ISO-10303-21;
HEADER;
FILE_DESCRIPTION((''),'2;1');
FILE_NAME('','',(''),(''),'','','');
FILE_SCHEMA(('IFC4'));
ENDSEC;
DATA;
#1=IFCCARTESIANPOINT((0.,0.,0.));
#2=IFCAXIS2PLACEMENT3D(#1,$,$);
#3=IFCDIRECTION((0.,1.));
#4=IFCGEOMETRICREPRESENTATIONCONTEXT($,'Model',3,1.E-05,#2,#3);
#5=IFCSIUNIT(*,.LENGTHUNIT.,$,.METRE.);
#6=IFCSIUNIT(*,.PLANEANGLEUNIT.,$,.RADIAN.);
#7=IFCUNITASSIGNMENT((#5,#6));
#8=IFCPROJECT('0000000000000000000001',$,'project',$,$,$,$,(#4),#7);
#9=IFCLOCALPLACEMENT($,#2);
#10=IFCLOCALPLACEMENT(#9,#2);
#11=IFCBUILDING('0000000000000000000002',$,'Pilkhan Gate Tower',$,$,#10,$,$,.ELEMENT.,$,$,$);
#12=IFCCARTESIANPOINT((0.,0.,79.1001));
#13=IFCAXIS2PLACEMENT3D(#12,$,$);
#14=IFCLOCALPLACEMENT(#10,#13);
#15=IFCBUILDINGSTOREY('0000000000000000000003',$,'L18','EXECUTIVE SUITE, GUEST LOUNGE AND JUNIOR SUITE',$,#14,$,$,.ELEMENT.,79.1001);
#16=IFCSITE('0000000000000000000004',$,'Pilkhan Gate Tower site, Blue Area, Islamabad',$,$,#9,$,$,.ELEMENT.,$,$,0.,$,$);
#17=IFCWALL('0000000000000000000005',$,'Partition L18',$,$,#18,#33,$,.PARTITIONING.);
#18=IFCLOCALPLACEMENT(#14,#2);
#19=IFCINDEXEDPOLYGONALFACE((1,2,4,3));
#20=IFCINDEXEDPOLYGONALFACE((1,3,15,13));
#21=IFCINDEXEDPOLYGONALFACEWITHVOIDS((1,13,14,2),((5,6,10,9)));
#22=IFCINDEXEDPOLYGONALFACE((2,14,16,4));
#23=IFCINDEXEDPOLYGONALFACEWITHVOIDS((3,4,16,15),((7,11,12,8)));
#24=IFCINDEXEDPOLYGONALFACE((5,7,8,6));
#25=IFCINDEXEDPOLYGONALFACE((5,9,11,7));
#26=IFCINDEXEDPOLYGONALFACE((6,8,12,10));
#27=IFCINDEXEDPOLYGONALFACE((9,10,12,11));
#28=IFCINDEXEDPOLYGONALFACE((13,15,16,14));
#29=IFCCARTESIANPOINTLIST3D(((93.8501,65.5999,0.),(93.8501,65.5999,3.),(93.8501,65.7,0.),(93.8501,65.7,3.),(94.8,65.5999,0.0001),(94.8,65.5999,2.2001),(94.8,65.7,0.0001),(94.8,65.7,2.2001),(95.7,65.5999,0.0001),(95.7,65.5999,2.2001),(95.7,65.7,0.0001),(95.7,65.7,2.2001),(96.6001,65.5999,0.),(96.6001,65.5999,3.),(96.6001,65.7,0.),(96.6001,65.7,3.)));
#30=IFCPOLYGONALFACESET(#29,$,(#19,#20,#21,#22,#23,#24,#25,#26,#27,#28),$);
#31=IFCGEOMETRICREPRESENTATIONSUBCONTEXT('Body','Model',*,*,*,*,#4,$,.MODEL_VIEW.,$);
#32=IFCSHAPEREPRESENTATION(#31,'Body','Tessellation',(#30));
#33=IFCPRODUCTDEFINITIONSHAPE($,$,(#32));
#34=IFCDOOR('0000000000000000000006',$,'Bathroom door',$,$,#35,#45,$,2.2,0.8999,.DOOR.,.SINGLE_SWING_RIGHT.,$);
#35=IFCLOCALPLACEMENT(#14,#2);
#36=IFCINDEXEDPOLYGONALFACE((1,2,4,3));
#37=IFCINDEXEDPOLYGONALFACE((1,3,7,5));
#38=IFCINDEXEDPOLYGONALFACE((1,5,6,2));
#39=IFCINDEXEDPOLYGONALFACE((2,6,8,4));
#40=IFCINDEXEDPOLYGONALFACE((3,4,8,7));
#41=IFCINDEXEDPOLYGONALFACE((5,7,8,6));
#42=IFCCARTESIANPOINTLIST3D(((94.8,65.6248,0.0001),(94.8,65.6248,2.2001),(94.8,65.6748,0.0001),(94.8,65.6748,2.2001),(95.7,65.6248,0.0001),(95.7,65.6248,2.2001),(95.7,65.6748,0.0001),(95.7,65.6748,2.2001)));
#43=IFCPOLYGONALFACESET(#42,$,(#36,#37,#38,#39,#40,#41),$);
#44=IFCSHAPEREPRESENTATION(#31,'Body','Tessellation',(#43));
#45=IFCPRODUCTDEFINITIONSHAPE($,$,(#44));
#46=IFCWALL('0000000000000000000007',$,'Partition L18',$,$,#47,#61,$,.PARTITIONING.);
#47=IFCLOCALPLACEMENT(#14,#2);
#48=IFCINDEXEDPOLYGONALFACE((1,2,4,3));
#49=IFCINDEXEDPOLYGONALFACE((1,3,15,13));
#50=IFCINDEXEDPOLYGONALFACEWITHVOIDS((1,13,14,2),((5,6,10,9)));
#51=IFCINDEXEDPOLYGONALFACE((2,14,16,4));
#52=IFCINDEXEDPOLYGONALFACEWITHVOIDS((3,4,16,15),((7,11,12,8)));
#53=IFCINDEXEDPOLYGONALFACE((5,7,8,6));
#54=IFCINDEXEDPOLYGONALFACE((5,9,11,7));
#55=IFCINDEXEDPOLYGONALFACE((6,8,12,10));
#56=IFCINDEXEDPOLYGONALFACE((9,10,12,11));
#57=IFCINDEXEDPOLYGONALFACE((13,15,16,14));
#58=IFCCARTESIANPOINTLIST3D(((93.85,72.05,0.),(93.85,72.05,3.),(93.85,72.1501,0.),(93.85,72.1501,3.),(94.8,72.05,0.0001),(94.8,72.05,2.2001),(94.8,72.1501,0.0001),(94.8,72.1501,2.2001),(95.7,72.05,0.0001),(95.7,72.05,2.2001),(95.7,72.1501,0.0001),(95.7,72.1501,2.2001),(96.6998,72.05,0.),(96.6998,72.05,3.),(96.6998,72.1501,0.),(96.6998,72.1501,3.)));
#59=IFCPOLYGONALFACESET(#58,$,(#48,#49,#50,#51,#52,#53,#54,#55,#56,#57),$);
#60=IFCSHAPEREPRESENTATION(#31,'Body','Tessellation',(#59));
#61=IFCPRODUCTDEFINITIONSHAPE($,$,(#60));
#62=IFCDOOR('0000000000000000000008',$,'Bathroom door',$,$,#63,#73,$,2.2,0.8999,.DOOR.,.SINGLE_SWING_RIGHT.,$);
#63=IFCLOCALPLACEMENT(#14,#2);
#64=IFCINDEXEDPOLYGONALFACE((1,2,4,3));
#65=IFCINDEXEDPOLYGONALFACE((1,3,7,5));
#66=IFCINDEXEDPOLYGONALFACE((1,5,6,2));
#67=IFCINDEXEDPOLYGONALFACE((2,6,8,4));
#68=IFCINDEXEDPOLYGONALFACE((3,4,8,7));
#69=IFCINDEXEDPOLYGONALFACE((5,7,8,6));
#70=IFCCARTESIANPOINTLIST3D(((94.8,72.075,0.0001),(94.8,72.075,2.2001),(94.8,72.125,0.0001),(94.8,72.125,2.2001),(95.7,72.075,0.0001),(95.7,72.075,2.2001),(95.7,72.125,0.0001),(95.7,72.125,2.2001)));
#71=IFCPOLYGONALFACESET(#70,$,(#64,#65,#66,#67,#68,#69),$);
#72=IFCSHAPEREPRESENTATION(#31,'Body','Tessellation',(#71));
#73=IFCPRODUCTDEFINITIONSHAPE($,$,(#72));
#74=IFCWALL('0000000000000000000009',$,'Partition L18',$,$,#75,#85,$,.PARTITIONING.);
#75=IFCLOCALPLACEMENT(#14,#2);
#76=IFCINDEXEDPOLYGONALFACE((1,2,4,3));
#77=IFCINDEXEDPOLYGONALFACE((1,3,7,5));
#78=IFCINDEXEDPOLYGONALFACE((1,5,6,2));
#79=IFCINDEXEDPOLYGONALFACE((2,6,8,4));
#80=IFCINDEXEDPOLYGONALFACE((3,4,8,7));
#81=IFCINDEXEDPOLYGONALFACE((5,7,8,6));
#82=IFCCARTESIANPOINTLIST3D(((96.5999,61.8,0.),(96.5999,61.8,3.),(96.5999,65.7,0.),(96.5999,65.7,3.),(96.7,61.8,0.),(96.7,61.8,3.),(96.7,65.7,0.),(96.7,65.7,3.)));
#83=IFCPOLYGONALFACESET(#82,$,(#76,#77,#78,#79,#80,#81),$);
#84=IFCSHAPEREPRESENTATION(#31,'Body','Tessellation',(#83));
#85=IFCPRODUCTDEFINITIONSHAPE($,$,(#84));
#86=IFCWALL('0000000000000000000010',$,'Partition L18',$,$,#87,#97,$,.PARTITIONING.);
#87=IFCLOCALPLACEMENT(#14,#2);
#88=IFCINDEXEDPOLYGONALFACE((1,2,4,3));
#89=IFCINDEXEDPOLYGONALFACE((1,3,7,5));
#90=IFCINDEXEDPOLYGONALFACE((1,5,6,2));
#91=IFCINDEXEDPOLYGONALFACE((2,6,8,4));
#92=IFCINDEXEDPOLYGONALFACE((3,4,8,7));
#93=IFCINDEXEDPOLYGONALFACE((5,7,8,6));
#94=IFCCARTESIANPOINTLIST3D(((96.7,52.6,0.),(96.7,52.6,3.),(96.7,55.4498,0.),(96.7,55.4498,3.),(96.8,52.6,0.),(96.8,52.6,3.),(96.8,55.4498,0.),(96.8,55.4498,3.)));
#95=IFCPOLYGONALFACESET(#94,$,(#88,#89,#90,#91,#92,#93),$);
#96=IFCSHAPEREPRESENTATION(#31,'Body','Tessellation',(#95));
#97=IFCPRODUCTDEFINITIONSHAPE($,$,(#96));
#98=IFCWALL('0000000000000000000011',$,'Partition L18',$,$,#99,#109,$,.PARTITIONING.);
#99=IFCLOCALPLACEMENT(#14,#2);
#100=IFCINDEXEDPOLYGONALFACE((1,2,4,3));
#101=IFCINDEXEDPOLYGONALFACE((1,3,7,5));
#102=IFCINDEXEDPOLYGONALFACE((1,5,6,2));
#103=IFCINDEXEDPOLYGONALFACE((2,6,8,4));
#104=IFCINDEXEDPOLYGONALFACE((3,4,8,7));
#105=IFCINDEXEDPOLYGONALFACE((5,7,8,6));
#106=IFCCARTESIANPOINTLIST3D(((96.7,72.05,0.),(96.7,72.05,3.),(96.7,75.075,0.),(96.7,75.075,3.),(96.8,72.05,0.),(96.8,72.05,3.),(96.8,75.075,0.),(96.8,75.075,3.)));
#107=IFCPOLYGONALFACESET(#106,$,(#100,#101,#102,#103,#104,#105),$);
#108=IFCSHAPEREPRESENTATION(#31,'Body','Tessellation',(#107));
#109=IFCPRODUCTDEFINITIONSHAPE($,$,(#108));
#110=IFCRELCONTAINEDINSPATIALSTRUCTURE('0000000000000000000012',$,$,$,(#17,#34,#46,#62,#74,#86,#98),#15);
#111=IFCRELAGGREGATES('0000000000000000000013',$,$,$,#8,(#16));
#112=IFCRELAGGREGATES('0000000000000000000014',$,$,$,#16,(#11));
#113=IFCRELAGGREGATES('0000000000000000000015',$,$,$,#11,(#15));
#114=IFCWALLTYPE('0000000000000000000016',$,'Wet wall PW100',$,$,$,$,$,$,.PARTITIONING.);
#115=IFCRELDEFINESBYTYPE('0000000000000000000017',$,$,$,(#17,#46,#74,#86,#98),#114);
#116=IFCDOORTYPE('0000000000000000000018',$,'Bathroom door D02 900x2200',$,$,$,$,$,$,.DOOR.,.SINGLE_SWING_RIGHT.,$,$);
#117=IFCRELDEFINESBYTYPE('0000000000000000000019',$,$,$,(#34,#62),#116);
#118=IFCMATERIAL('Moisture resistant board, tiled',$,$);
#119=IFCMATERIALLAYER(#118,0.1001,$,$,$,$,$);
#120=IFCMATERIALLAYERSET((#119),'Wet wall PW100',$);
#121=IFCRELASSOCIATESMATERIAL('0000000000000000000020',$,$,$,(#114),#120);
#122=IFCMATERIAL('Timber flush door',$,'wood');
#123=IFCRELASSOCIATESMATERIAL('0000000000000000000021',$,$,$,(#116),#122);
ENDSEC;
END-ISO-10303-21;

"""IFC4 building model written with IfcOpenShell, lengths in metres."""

from ifc_helpers import new_model, si_unit, direction, frame, frame_2d, origin, place, context, subcontext, project, spatial, rectangle, extrude, material, layer, layer_set, type_object, element, fill, save


model = new_model("IFC4")

# Units and contexts
model_context = context("Model", 3, precision=1e-05, world=origin(), true_north=direction((0.0, 1.0)))
body_context = subcontext(model_context, "Body", "Model", "MODEL_VIEW")
ifc_project = project(units=[si_unit("LENGTHUNIT", "METRE"), si_unit("PLANEANGLEUNIT", "RADIAN")], contexts=[model_context])

# Site, building, storey
site_placement = place(None, origin())
site = spatial("IfcSite", under=ifc_project, at=site_placement, Name="Pilkhan Gate Tower site, Blue Area, Islamabad", CompositionType="ELEMENT", RefElevation=0.0)
building_placement = place(site_placement, origin())
building = spatial("IfcBuilding", under=site, at=building_placement, Name="Pilkhan Gate Tower", CompositionType="ELEMENT")
storey_placement = place(building_placement, frame((0.0, 0.0, 79.1001)))
storey = spatial("IfcBuildingStorey", under=building, at=storey_placement, Name="L18", Description="EXECUTIVE SUITE, GUEST LOUNGE AND JUNIOR SUITE", CompositionType="ELEMENT", Elevation=79.1001)

# Shared definitions
ifc_material_1 = material(Name="Moisture resistant board, tiled")
ifc_layer_1 = layer(ifc_material_1, 0.1001)
ifc_layer_set_1 = layer_set([ifc_layer_1], Name="Wet wall PW100")
wall_type_1 = type_object("IfcWallType", Name="Wet wall PW100", PredefinedType="PARTITIONING", material=ifc_layer_set_1)

# Walls, openings, doors
wall_1_placement = place(storey_placement, frame((93.8501, 65.6499, 0.0), z_axis=(0.0, 0.0, 1.0), x_axis=(1.0, 0.0, 0.0)))
wall_1 = element("IfcWall", 1, at=wall_1_placement, inside=storey, type_object=wall_type_1, Name="Partition L18", PredefinedType="PARTITIONING", context=body_context, shape_type="SweptSolid", body=[
    extrude(rectangle(XDim=2.75, YDim=0.1001, at=frame_2d((1.375, 0.0))), origin(), (0.0, 0.0, 1.0), 3.0),
])
opening_1_placement = place(wall_1_placement, frame((0.95, 0.0, 0.0)))
opening_1 = element("IfcOpeningElement", 2, at=opening_1_placement, cuts=wall_1, PredefinedType="OPENING", context=body_context, shape_type="SweptSolid", body=[
    extrude(rectangle(XDim=0.8999, YDim=2.2, at=frame_2d((0.45, 1.1001))), frame((0.0, 0.0601, 0.0), z_axis=(0.0, -1.0, 0.0), x_axis=(1.0, 0.0, 0.0)), (0.0, 0.0, 1.0), 0.1201),
])
ifc_material_2 = material(Name="Timber flush door", Category="wood")
door_type = type_object("IfcDoorType", Name="Bathroom door D02 900x2200", OperationType="SINGLE_SWING_RIGHT", PredefinedType="DOOR", material=ifc_material_2)
door_1_placement = place(opening_1_placement, origin())
door_1 = element("IfcDoor", 3, at=door_1_placement, inside=storey, type_object=door_type, Name="Bathroom door", OperationType="SINGLE_SWING_RIGHT", OverallHeight=2.2, OverallWidth=0.8999, PredefinedType="DOOR", context=body_context, shape_type="SweptSolid", body=[
    extrude(rectangle(XDim=0.8999, YDim=2.2, at=frame_2d((0.45, 1.1001))), frame((0.0, 0.0249, 0.0), z_axis=(0.0, -1.0, 0.0), x_axis=(1.0, 0.0, 0.0)), (0.0, 0.0, 1.0), 0.05),
])
fill(opening_1, door_1)
wall_2_placement = place(storey_placement, frame((93.8501, 72.1001, 0.0), z_axis=(0.0, 0.0, 1.0), x_axis=(1.0, 0.0, 0.0)))
wall_2 = element("IfcWall", 4, at=wall_2_placement, inside=storey, type_object=wall_type_1, Name="Partition L18", PredefinedType="PARTITIONING", context=body_context, shape_type="SweptSolid", body=[
    extrude(rectangle(XDim=2.8499, YDim=0.1001, at=frame_2d((1.4248, 0.0))), origin(), (0.0, 0.0, 1.0), 3.0),
])
opening_2_placement = place(wall_2_placement, frame((0.95, 0.0, 0.0)))
opening_2 = element("IfcOpeningElement", 5, at=opening_2_placement, cuts=wall_2, PredefinedType="OPENING", context=body_context, shape_type="SweptSolid", body=[
    extrude(rectangle(XDim=0.8999, YDim=2.2, at=frame_2d((0.45, 1.1001))), frame((0.0, 0.0601, 0.0), z_axis=(0.0, -1.0, 0.0), x_axis=(1.0, 0.0, 0.0)), (0.0, 0.0, 1.0), 0.1201),
])
door_2_placement = place(opening_2_placement, origin())
door_2 = element("IfcDoor", 6, at=door_2_placement, inside=storey, type_object=door_type, Name="Bathroom door", OperationType="SINGLE_SWING_RIGHT", OverallHeight=2.2, OverallWidth=0.8999, PredefinedType="DOOR", context=body_context, shape_type="SweptSolid", body=[
    extrude(rectangle(XDim=0.8999, YDim=2.2, at=frame_2d((0.45, 1.1001))), frame((0.0, 0.0249, 0.0), z_axis=(0.0, -1.0, 0.0), x_axis=(1.0, 0.0, 0.0)), (0.0, 0.0, 1.0), 0.05),
])
fill(opening_2, door_2)

# Walls
wall_3_placement = place(storey_placement, frame((96.6499, 61.8, 0.0), z_axis=(0.0, 0.0, 1.0), x_axis=(0.0, 1.0, 0.0)))
element("IfcWall", 7, at=wall_3_placement, inside=storey, type_object=wall_type_1, Name="Partition L18", PredefinedType="PARTITIONING", context=body_context, shape_type="SweptSolid", body=[
    extrude(rectangle(XDim=3.8999, YDim=0.1001, at=frame_2d((1.95, 0.0))), origin(), (0.0, 0.0, 1.0), 3.0),
])
wall_4_placement = place(storey_placement, frame((96.75, 52.6001, 0.0), z_axis=(0.0, 0.0, 1.0), x_axis=(0.0, 1.0, 0.0)))
element("IfcWall", 8, at=wall_4_placement, inside=storey, type_object=wall_type_1, Name="Partition L18", PredefinedType="PARTITIONING", context=body_context, shape_type="SweptSolid", body=[
    extrude(rectangle(XDim=2.8499, YDim=0.1001, at=frame_2d((1.4248, 0.0))), origin(), (0.0, 0.0, 1.0), 3.0),
])
wall_5_placement = place(storey_placement, frame((96.75, 72.05, 0.0), z_axis=(0.0, 0.0, 1.0), x_axis=(0.0, 1.0, 0.0)))
element("IfcWall", 9, at=wall_5_placement, inside=storey, type_object=wall_type_1, Name="Partition L18", PredefinedType="PARTITIONING", context=body_context, shape_type="SweptSolid", body=[
    extrude(rectangle(XDim=3.0249, YDim=0.1001, at=frame_2d((1.5125, 0.0))), origin(), (0.0, 0.0, 1.0), 3.0),
])

save(model, "model.ifc")
